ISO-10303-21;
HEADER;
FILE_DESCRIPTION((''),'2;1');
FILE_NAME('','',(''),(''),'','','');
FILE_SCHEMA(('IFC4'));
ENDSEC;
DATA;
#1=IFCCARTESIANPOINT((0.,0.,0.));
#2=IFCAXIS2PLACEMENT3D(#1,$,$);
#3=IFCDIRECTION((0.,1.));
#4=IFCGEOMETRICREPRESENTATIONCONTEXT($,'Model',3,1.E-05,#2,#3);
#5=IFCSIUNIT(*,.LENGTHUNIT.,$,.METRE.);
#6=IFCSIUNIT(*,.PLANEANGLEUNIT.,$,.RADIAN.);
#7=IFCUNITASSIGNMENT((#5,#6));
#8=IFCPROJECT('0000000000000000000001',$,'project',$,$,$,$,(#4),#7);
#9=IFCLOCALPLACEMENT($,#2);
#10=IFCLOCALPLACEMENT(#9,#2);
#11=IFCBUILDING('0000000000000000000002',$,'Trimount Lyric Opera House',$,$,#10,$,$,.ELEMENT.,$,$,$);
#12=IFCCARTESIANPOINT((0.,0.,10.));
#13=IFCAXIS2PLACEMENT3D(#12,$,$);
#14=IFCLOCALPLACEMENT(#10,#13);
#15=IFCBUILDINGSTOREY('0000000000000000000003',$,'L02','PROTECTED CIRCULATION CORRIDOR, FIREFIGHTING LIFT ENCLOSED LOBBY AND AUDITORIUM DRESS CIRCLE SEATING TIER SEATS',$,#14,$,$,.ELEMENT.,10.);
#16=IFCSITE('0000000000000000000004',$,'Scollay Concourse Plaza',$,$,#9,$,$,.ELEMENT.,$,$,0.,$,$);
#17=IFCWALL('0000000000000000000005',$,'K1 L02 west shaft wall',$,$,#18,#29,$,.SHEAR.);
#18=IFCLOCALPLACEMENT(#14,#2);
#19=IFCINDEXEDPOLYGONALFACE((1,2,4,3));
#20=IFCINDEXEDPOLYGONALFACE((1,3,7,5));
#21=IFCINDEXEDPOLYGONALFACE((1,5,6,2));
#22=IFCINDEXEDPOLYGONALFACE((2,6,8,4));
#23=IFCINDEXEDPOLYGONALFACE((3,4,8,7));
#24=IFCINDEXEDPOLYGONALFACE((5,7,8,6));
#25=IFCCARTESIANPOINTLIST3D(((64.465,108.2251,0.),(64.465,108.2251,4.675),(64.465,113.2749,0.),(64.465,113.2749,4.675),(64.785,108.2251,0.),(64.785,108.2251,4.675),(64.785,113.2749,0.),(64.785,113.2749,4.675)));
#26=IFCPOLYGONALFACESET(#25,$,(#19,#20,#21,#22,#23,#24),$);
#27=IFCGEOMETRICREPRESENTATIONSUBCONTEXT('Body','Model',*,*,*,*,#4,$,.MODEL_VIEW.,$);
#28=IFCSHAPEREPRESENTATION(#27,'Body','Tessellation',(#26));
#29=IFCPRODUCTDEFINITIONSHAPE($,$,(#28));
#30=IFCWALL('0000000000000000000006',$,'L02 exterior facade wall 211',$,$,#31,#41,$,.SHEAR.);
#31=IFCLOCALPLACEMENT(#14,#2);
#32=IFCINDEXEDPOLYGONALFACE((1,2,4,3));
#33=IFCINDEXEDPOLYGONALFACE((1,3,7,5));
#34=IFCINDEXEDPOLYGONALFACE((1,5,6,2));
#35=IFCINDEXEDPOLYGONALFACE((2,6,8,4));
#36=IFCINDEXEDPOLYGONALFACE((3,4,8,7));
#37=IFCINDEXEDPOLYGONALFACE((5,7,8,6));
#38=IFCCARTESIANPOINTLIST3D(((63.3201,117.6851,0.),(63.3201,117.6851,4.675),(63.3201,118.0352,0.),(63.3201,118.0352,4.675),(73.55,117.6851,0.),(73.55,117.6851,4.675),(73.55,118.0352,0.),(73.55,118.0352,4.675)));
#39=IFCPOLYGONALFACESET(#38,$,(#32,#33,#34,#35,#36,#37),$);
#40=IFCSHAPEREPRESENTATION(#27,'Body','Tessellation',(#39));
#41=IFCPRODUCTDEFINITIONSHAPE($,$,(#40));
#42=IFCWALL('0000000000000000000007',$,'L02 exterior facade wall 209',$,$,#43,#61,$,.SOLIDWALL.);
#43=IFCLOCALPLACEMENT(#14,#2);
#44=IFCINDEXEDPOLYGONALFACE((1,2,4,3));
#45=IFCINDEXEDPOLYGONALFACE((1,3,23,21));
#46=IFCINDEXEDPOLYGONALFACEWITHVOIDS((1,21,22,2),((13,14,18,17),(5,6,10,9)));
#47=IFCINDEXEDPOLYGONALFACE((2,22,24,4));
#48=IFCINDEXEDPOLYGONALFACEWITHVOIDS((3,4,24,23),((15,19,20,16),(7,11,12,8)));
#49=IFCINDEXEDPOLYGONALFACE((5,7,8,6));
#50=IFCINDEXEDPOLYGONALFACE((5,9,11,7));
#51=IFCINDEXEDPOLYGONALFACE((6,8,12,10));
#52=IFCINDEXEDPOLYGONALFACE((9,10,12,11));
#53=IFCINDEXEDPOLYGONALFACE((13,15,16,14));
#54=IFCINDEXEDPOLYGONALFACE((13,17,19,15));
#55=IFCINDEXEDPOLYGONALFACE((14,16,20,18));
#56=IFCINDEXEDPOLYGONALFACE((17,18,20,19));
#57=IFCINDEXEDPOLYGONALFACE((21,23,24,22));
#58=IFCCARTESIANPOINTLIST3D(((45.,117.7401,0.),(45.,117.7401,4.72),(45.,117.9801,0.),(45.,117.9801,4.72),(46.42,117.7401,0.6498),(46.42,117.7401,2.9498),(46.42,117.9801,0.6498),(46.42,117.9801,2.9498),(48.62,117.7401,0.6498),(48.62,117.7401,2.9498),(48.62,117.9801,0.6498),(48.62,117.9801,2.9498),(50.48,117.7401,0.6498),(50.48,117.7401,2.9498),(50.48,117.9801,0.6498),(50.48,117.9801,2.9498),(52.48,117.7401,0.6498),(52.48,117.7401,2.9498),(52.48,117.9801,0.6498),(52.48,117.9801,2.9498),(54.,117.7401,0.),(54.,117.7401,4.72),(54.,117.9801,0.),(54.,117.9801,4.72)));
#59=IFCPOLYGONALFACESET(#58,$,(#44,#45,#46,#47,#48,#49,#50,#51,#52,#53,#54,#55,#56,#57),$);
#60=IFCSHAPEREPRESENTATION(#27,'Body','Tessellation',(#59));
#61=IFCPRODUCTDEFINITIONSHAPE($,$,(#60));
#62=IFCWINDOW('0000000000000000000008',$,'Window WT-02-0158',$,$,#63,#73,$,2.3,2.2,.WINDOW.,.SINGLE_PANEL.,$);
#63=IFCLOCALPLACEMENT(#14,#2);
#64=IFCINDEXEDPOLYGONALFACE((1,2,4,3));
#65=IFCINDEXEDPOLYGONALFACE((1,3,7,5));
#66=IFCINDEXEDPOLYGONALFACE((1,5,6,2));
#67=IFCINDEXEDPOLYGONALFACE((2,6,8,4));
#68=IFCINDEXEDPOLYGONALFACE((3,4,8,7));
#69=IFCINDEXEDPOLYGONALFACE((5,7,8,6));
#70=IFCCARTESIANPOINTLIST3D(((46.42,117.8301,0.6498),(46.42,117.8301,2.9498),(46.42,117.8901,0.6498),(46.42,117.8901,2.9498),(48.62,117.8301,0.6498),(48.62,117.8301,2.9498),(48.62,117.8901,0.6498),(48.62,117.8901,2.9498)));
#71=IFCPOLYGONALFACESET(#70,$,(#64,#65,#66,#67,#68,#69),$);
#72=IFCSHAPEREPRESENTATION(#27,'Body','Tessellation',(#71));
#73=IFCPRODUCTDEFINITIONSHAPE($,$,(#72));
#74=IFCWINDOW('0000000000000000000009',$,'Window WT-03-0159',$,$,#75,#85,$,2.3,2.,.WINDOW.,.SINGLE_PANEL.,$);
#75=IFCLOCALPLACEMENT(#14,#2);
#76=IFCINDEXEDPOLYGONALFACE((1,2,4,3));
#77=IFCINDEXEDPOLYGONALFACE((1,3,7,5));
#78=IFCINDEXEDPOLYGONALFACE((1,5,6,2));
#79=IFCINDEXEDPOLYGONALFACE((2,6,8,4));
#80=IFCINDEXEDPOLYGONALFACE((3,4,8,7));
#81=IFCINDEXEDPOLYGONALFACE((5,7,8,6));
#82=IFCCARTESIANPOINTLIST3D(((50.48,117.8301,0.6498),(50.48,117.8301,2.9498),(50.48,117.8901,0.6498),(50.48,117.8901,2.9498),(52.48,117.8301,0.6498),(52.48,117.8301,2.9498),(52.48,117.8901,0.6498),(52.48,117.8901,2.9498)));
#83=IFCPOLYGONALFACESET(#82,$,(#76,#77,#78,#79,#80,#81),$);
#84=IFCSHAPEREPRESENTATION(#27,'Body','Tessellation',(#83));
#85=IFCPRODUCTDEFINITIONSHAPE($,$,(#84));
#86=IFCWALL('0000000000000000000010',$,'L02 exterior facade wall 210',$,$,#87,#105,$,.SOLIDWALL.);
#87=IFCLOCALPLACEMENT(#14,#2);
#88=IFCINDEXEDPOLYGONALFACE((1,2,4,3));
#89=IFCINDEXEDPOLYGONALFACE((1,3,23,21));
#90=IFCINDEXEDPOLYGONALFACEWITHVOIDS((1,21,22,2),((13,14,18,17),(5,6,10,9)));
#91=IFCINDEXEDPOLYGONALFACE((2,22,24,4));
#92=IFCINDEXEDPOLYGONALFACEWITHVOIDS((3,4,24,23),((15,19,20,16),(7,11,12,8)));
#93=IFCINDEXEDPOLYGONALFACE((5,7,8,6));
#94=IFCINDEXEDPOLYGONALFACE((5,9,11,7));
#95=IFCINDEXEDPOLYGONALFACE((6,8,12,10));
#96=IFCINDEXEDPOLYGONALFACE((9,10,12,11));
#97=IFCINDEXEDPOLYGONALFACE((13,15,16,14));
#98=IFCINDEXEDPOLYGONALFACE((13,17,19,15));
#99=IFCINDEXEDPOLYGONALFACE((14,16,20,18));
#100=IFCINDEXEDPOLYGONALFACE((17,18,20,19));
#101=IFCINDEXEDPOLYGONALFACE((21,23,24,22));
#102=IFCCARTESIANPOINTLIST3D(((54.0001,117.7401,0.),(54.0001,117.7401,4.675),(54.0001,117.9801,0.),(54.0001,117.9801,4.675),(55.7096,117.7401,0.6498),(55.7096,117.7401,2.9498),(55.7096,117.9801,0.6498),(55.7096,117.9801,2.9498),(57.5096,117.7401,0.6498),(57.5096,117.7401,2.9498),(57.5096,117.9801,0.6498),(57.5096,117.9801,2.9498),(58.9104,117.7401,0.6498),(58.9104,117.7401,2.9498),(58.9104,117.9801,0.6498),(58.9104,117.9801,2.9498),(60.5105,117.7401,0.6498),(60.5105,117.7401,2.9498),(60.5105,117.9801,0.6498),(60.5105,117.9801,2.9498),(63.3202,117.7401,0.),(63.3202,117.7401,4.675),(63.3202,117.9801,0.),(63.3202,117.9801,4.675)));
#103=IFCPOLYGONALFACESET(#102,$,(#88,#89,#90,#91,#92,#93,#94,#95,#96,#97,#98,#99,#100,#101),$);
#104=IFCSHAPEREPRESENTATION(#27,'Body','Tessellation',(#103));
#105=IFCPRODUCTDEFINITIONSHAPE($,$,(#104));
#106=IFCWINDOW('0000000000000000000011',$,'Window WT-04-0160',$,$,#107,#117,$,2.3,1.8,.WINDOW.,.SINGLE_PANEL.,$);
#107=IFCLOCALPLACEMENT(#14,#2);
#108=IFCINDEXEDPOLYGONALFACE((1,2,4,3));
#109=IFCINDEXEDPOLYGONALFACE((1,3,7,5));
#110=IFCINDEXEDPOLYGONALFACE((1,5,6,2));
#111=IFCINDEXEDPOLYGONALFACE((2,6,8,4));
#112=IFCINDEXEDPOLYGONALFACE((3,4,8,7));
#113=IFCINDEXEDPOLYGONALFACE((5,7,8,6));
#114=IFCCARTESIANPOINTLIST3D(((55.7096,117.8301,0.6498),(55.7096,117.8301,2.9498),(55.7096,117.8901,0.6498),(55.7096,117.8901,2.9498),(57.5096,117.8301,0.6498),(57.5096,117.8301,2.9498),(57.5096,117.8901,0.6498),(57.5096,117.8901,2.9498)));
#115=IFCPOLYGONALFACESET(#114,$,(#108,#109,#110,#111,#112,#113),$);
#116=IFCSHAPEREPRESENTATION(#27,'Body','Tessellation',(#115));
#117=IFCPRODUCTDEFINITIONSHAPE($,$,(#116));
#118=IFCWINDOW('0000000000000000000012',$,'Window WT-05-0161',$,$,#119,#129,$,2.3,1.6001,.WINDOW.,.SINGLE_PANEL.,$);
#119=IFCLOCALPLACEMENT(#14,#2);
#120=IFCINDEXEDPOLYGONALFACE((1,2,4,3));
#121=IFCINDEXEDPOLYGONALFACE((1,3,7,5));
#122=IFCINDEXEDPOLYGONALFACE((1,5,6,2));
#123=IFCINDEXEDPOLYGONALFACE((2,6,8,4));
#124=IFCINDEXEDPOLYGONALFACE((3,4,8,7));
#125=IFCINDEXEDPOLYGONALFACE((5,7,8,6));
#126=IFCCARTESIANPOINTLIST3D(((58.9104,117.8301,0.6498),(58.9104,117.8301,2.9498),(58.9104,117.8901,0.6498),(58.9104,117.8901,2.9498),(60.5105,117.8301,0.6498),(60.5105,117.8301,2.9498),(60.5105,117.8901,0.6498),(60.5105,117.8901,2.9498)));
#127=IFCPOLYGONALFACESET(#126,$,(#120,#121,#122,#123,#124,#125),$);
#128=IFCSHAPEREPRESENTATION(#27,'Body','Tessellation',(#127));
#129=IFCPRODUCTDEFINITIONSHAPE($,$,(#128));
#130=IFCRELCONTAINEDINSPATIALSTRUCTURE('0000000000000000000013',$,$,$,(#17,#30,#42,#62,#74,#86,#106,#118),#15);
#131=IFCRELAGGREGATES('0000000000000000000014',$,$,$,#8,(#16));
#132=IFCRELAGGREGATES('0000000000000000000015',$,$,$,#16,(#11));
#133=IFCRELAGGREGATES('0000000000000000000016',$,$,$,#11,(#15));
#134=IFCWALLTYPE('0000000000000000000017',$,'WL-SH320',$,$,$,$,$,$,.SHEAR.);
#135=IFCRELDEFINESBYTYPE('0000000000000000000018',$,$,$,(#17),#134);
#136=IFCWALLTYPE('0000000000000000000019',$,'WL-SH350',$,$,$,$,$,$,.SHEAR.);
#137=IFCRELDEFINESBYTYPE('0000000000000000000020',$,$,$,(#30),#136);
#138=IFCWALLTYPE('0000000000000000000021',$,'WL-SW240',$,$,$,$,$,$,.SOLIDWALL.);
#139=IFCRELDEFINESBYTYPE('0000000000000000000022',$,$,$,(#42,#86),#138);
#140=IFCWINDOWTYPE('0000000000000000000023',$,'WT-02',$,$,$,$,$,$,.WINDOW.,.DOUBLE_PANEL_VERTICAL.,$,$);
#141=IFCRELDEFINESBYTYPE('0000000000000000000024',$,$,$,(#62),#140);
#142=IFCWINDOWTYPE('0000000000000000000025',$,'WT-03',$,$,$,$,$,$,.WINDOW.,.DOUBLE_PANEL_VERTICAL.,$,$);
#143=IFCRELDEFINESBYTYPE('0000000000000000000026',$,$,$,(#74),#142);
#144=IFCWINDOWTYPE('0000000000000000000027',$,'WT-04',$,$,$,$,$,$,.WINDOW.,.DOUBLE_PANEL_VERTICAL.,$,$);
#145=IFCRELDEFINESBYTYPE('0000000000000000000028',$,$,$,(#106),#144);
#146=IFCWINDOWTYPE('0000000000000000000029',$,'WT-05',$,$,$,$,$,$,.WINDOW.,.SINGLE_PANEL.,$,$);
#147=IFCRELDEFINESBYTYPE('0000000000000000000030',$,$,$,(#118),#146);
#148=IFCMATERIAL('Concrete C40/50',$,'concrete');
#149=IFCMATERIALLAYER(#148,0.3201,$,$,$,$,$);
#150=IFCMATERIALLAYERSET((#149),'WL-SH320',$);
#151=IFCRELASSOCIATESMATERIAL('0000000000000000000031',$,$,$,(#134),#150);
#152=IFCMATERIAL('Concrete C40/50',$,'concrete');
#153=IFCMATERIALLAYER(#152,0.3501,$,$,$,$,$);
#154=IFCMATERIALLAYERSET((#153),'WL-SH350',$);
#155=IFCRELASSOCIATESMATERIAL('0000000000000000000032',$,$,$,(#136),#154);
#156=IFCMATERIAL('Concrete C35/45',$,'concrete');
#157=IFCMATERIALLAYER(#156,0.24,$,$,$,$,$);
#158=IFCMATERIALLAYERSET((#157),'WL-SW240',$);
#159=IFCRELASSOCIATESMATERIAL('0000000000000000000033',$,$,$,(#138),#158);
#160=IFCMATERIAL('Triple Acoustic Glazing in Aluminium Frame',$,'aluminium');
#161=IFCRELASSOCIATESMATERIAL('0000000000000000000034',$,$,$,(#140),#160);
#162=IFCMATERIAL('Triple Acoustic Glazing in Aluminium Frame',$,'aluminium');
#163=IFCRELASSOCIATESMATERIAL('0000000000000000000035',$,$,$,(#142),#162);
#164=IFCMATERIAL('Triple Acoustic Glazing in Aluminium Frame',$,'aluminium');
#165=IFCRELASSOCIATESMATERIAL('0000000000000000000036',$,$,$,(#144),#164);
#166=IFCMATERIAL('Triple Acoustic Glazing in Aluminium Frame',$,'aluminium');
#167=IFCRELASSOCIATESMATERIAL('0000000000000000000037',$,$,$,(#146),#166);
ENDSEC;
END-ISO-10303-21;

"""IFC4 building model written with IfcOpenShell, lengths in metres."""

from ifc_helpers import new_model, si_unit, direction, frame, frame_2d, origin, place, context, subcontext, project, spatial, rectangle, extrude, material, layer, layer_set, type_object, element, fill, save


model = new_model("IFC4")

# Units and contexts
model_context = context("Model", 3, precision=1e-05, world=origin(), true_north=direction((0.0, 1.0)))
body_context = subcontext(model_context, "Body", "Model", "MODEL_VIEW")
ifc_project = project(units=[si_unit("LENGTHUNIT", "METRE"), si_unit("PLANEANGLEUNIT", "RADIAN")], contexts=[model_context])

# Site, building, storey
site_placement = place(None, origin())
site = spatial("IfcSite", under=ifc_project, at=site_placement, Name="Scollay Concourse Plaza", CompositionType="ELEMENT", RefElevation=0.0)
building_placement = place(site_placement, origin())
building = spatial("IfcBuilding", under=site, at=building_placement, Name="Trimount Lyric Opera House", CompositionType="ELEMENT")
storey_placement = place(building_placement, frame((0.0, 0.0, 10.0)))
storey = spatial("IfcBuildingStorey", under=building, at=storey_placement, Name="L02", Description="PROTECTED CIRCULATION CORRIDOR, FIREFIGHTING LIFT ENCLOSED LOBBY AND AUDITORIUM DRESS CIRCLE SEATING TIER SEATS", CompositionType="ELEMENT", Elevation=10.0)

# Shared definitions
ifc_material_1 = material(Name="Concrete C40/50", Category="concrete")
ifc_layer_1 = layer(ifc_material_1, 0.3201)
ifc_layer_set_1 = layer_set([ifc_layer_1], Name="WL-SH320")
wall_type_1 = type_object("IfcWallType", Name="WL-SH320", PredefinedType="SHEAR", material=ifc_layer_set_1)

# Walls
wall_1_placement = place(storey_placement, frame((64.625, 113.2749, 0.0), z_axis=(0.0, 0.0, 1.0), x_axis=(0.0, -1.0, 0.0)))
element("IfcWall", 1, at=wall_1_placement, inside=storey, type_object=wall_type_1, Name="K1 L02 west shaft wall", PredefinedType="SHEAR", context=body_context, shape_type="SweptSolid", body=[
    extrude(rectangle(XDim=5.0498, YDim=0.3201, at=frame_2d((2.5249, 0.0))), origin(), (0.0, 0.0, 1.0), 4.675),
])
ifc_material_2 = material(Name="Concrete C40/50", Category="concrete")
ifc_layer_2 = layer(ifc_material_2, 0.3501)
ifc_layer_set_2 = layer_set([ifc_layer_2], Name="WL-SH350")
wall_type_2 = type_object("IfcWallType", Name="WL-SH350", PredefinedType="SHEAR", material=ifc_layer_set_2)
wall_2_placement = place(storey_placement, frame((63.3201, 117.8601, 0.0), z_axis=(0.0, 0.0, 1.0), x_axis=(1.0, 0.0, 0.0)))
element("IfcWall", 2, at=wall_2_placement, inside=storey, type_object=wall_type_2, Name="L02 exterior facade wall 211", PredefinedType="SHEAR", context=body_context, shape_type="SweptSolid", body=[
    extrude(rectangle(XDim=10.23, YDim=0.3501, at=frame_2d((5.115, 0.0))), origin(), (0.0, 0.0, 1.0), 4.675),
])

# Walls, openings, windows
ifc_material_3 = material(Name="Concrete C35/45", Category="concrete")
ifc_layer_3 = layer(ifc_material_3, 0.24)
ifc_layer_set_3 = layer_set([ifc_layer_3], Name="WL-SW240")
wall_type_3 = type_object("IfcWallType", Name="WL-SW240", PredefinedType="SOLIDWALL", material=ifc_layer_set_3)
wall_3_placement = place(storey_placement, frame((45.0, 117.8601, 0.0), z_axis=(0.0, 0.0, 1.0), x_axis=(1.0, 0.0, 0.0)))
wall_3 = element("IfcWall", 3, at=wall_3_placement, inside=storey, type_object=wall_type_3, Name="L02 exterior facade wall 209", PredefinedType="SOLIDWALL", context=body_context, shape_type="SweptSolid", body=[
    extrude(rectangle(XDim=9.0, YDim=0.24, at=frame_2d((4.5, 0.0))), origin(), (0.0, 0.0, 1.0), 4.72),
])
opening_1_placement = place(wall_3_placement, frame((1.4199, 0.0, 0.6499)))
opening_1 = element("IfcOpeningElement", 4, at=opening_1_placement, cuts=wall_3, PredefinedType="OPENING", context=body_context, shape_type="SweptSolid", body=[
    extrude(rectangle(XDim=2.2, YDim=2.3, at=frame_2d((1.1001, 1.1499))), frame((0.0, 0.1299, 0.0), z_axis=(0.0, -1.0, 0.0), x_axis=(1.0, 0.0, 0.0)), (0.0, 0.0, 1.0), 0.26),
])
opening_2_placement = place(wall_3_placement, frame((5.48, 0.0, 0.6499)))
opening_2 = element("IfcOpeningElement", 5, at=opening_2_placement, cuts=wall_3, PredefinedType="OPENING", context=body_context, shape_type="SweptSolid", body=[
    extrude(rectangle(XDim=2.0, YDim=2.3, at=frame_2d((1.0, 1.1499))), frame((0.0, 0.1299, 0.0), z_axis=(0.0, -1.0, 0.0), x_axis=(1.0, 0.0, 0.0)), (0.0, 0.0, 1.0), 0.26),
])
ifc_material_4 = material(Name="Triple Acoustic Glazing in Aluminium Frame", Category="aluminium")
window_type_1 = type_object("IfcWindowType", Name="WT-02", PartitioningType="DOUBLE_PANEL_VERTICAL", PredefinedType="WINDOW", material=ifc_material_4)
window_1_placement = place(opening_1_placement, origin())
window_1 = element("IfcWindow", 6, at=window_1_placement, inside=storey, type_object=window_type_1, Name="Window WT-02-0158", OverallHeight=2.3, OverallWidth=2.2, PartitioningType="SINGLE_PANEL", PredefinedType="WINDOW", context=body_context, shape_type="SweptSolid", body=[
    extrude(rectangle(XDim=2.2, YDim=2.3, at=frame_2d((1.1001, 1.1499))), frame((0.0, 0.03, 0.0), z_axis=(0.0, -1.0, 0.0), x_axis=(1.0, 0.0, 0.0)), (0.0, 0.0, 1.0), 0.0601),
])
fill(opening_1, window_1)
ifc_material_5 = material(Name="Triple Acoustic Glazing in Aluminium Frame", Category="aluminium")
window_type_2 = type_object("IfcWindowType", Name="WT-03", PartitioningType="DOUBLE_PANEL_VERTICAL", PredefinedType="WINDOW", material=ifc_material_5)
window_2_placement = place(opening_2_placement, origin())
window_2 = element("IfcWindow", 7, at=window_2_placement, inside=storey, type_object=window_type_2, Name="Window WT-03-0159", OverallHeight=2.3, OverallWidth=2.0, PartitioningType="SINGLE_PANEL", PredefinedType="WINDOW", context=body_context, shape_type="SweptSolid", body=[
    extrude(rectangle(XDim=2.0, YDim=2.3, at=frame_2d((1.0, 1.1499))), frame((0.0, 0.03, 0.0), z_axis=(0.0, -1.0, 0.0), x_axis=(1.0, 0.0, 0.0)), (0.0, 0.0, 1.0), 0.0601),
])
fill(opening_2, window_2)
wall_4_placement = place(storey_placement, frame((54.0, 117.8601, 0.0), z_axis=(0.0, 0.0, 1.0), x_axis=(1.0, 0.0, 0.0)))
wall_4 = element("IfcWall", 8, at=wall_4_placement, inside=storey, type_object=wall_type_3, Name="L02 exterior facade wall 210", PredefinedType="SOLIDWALL", context=body_context, shape_type="SweptSolid", body=[
    extrude(rectangle(XDim=9.3201, YDim=0.24, at=frame_2d((4.6602, 0.0))), origin(), (0.0, 0.0, 1.0), 4.675),
])
opening_3_placement = place(wall_4_placement, frame((1.7097, 0.0, 0.6499)))
opening_3 = element("IfcOpeningElement", 9, at=opening_3_placement, cuts=wall_4, PredefinedType="OPENING", context=body_context, shape_type="SweptSolid", body=[
    extrude(rectangle(XDim=1.8, YDim=2.3, at=frame_2d((0.8999, 1.1499))), frame((0.0, 0.1299, 0.0), z_axis=(0.0, -1.0, 0.0), x_axis=(1.0, 0.0, 0.0)), (0.0, 0.0, 1.0), 0.26),
])
opening_4_placement = place(wall_4_placement, frame((4.9104, 0.0, 0.6499)))
opening_4 = element("IfcOpeningElement", 10, at=opening_4_placement, cuts=wall_4, PredefinedType="OPENING", context=body_context, shape_type="SweptSolid", body=[
    extrude(rectangle(XDim=1.6001, YDim=2.3, at=frame_2d((0.8, 1.1499))), frame((0.0, 0.1299, 0.0), z_axis=(0.0, -1.0, 0.0), x_axis=(1.0, 0.0, 0.0)), (0.0, 0.0, 1.0), 0.26),
])
ifc_material_6 = material(Name="Triple Acoustic Glazing in Aluminium Frame", Category="aluminium")
window_type_3 = type_object("IfcWindowType", Name="WT-04", PartitioningType="DOUBLE_PANEL_VERTICAL", PredefinedType="WINDOW", material=ifc_material_6)
window_3_placement = place(opening_3_placement, origin())
window_3 = element("IfcWindow", 11, at=window_3_placement, inside=storey, type_object=window_type_3, Name="Window WT-04-0160", OverallHeight=2.3, OverallWidth=1.8, PartitioningType="SINGLE_PANEL", PredefinedType="WINDOW", context=body_context, shape_type="SweptSolid", body=[
    extrude(rectangle(XDim=1.8, YDim=2.3, at=frame_2d((0.8999, 1.1499))), frame((0.0, 0.03, 0.0), z_axis=(0.0, -1.0, 0.0), x_axis=(1.0, 0.0, 0.0)), (0.0, 0.0, 1.0), 0.0601),
])
fill(opening_3, window_3)
ifc_material_7 = material(Name="Triple Acoustic Glazing in Aluminium Frame", Category="aluminium")
window_type_4 = type_object("IfcWindowType", Name="WT-05", PartitioningType="SINGLE_PANEL", PredefinedType="WINDOW", material=ifc_material_7)
window_4_placement = place(opening_4_placement, origin())
window_4 = element("IfcWindow", 12, at=window_4_placement, inside=storey, type_object=window_type_4, Name="Window WT-05-0161", OverallHeight=2.3, OverallWidth=1.6001, PartitioningType="SINGLE_PANEL", PredefinedType="WINDOW", context=body_context, shape_type="SweptSolid", body=[
    extrude(rectangle(XDim=1.6001, YDim=2.3, at=frame_2d((0.8, 1.1499))), frame((0.0, 0.03, 0.0), z_axis=(0.0, -1.0, 0.0), x_axis=(1.0, 0.0, 0.0)), (0.0, 0.0, 1.0), 0.0601),
])
fill(opening_4, window_4)

save(model, "model.ifc")
